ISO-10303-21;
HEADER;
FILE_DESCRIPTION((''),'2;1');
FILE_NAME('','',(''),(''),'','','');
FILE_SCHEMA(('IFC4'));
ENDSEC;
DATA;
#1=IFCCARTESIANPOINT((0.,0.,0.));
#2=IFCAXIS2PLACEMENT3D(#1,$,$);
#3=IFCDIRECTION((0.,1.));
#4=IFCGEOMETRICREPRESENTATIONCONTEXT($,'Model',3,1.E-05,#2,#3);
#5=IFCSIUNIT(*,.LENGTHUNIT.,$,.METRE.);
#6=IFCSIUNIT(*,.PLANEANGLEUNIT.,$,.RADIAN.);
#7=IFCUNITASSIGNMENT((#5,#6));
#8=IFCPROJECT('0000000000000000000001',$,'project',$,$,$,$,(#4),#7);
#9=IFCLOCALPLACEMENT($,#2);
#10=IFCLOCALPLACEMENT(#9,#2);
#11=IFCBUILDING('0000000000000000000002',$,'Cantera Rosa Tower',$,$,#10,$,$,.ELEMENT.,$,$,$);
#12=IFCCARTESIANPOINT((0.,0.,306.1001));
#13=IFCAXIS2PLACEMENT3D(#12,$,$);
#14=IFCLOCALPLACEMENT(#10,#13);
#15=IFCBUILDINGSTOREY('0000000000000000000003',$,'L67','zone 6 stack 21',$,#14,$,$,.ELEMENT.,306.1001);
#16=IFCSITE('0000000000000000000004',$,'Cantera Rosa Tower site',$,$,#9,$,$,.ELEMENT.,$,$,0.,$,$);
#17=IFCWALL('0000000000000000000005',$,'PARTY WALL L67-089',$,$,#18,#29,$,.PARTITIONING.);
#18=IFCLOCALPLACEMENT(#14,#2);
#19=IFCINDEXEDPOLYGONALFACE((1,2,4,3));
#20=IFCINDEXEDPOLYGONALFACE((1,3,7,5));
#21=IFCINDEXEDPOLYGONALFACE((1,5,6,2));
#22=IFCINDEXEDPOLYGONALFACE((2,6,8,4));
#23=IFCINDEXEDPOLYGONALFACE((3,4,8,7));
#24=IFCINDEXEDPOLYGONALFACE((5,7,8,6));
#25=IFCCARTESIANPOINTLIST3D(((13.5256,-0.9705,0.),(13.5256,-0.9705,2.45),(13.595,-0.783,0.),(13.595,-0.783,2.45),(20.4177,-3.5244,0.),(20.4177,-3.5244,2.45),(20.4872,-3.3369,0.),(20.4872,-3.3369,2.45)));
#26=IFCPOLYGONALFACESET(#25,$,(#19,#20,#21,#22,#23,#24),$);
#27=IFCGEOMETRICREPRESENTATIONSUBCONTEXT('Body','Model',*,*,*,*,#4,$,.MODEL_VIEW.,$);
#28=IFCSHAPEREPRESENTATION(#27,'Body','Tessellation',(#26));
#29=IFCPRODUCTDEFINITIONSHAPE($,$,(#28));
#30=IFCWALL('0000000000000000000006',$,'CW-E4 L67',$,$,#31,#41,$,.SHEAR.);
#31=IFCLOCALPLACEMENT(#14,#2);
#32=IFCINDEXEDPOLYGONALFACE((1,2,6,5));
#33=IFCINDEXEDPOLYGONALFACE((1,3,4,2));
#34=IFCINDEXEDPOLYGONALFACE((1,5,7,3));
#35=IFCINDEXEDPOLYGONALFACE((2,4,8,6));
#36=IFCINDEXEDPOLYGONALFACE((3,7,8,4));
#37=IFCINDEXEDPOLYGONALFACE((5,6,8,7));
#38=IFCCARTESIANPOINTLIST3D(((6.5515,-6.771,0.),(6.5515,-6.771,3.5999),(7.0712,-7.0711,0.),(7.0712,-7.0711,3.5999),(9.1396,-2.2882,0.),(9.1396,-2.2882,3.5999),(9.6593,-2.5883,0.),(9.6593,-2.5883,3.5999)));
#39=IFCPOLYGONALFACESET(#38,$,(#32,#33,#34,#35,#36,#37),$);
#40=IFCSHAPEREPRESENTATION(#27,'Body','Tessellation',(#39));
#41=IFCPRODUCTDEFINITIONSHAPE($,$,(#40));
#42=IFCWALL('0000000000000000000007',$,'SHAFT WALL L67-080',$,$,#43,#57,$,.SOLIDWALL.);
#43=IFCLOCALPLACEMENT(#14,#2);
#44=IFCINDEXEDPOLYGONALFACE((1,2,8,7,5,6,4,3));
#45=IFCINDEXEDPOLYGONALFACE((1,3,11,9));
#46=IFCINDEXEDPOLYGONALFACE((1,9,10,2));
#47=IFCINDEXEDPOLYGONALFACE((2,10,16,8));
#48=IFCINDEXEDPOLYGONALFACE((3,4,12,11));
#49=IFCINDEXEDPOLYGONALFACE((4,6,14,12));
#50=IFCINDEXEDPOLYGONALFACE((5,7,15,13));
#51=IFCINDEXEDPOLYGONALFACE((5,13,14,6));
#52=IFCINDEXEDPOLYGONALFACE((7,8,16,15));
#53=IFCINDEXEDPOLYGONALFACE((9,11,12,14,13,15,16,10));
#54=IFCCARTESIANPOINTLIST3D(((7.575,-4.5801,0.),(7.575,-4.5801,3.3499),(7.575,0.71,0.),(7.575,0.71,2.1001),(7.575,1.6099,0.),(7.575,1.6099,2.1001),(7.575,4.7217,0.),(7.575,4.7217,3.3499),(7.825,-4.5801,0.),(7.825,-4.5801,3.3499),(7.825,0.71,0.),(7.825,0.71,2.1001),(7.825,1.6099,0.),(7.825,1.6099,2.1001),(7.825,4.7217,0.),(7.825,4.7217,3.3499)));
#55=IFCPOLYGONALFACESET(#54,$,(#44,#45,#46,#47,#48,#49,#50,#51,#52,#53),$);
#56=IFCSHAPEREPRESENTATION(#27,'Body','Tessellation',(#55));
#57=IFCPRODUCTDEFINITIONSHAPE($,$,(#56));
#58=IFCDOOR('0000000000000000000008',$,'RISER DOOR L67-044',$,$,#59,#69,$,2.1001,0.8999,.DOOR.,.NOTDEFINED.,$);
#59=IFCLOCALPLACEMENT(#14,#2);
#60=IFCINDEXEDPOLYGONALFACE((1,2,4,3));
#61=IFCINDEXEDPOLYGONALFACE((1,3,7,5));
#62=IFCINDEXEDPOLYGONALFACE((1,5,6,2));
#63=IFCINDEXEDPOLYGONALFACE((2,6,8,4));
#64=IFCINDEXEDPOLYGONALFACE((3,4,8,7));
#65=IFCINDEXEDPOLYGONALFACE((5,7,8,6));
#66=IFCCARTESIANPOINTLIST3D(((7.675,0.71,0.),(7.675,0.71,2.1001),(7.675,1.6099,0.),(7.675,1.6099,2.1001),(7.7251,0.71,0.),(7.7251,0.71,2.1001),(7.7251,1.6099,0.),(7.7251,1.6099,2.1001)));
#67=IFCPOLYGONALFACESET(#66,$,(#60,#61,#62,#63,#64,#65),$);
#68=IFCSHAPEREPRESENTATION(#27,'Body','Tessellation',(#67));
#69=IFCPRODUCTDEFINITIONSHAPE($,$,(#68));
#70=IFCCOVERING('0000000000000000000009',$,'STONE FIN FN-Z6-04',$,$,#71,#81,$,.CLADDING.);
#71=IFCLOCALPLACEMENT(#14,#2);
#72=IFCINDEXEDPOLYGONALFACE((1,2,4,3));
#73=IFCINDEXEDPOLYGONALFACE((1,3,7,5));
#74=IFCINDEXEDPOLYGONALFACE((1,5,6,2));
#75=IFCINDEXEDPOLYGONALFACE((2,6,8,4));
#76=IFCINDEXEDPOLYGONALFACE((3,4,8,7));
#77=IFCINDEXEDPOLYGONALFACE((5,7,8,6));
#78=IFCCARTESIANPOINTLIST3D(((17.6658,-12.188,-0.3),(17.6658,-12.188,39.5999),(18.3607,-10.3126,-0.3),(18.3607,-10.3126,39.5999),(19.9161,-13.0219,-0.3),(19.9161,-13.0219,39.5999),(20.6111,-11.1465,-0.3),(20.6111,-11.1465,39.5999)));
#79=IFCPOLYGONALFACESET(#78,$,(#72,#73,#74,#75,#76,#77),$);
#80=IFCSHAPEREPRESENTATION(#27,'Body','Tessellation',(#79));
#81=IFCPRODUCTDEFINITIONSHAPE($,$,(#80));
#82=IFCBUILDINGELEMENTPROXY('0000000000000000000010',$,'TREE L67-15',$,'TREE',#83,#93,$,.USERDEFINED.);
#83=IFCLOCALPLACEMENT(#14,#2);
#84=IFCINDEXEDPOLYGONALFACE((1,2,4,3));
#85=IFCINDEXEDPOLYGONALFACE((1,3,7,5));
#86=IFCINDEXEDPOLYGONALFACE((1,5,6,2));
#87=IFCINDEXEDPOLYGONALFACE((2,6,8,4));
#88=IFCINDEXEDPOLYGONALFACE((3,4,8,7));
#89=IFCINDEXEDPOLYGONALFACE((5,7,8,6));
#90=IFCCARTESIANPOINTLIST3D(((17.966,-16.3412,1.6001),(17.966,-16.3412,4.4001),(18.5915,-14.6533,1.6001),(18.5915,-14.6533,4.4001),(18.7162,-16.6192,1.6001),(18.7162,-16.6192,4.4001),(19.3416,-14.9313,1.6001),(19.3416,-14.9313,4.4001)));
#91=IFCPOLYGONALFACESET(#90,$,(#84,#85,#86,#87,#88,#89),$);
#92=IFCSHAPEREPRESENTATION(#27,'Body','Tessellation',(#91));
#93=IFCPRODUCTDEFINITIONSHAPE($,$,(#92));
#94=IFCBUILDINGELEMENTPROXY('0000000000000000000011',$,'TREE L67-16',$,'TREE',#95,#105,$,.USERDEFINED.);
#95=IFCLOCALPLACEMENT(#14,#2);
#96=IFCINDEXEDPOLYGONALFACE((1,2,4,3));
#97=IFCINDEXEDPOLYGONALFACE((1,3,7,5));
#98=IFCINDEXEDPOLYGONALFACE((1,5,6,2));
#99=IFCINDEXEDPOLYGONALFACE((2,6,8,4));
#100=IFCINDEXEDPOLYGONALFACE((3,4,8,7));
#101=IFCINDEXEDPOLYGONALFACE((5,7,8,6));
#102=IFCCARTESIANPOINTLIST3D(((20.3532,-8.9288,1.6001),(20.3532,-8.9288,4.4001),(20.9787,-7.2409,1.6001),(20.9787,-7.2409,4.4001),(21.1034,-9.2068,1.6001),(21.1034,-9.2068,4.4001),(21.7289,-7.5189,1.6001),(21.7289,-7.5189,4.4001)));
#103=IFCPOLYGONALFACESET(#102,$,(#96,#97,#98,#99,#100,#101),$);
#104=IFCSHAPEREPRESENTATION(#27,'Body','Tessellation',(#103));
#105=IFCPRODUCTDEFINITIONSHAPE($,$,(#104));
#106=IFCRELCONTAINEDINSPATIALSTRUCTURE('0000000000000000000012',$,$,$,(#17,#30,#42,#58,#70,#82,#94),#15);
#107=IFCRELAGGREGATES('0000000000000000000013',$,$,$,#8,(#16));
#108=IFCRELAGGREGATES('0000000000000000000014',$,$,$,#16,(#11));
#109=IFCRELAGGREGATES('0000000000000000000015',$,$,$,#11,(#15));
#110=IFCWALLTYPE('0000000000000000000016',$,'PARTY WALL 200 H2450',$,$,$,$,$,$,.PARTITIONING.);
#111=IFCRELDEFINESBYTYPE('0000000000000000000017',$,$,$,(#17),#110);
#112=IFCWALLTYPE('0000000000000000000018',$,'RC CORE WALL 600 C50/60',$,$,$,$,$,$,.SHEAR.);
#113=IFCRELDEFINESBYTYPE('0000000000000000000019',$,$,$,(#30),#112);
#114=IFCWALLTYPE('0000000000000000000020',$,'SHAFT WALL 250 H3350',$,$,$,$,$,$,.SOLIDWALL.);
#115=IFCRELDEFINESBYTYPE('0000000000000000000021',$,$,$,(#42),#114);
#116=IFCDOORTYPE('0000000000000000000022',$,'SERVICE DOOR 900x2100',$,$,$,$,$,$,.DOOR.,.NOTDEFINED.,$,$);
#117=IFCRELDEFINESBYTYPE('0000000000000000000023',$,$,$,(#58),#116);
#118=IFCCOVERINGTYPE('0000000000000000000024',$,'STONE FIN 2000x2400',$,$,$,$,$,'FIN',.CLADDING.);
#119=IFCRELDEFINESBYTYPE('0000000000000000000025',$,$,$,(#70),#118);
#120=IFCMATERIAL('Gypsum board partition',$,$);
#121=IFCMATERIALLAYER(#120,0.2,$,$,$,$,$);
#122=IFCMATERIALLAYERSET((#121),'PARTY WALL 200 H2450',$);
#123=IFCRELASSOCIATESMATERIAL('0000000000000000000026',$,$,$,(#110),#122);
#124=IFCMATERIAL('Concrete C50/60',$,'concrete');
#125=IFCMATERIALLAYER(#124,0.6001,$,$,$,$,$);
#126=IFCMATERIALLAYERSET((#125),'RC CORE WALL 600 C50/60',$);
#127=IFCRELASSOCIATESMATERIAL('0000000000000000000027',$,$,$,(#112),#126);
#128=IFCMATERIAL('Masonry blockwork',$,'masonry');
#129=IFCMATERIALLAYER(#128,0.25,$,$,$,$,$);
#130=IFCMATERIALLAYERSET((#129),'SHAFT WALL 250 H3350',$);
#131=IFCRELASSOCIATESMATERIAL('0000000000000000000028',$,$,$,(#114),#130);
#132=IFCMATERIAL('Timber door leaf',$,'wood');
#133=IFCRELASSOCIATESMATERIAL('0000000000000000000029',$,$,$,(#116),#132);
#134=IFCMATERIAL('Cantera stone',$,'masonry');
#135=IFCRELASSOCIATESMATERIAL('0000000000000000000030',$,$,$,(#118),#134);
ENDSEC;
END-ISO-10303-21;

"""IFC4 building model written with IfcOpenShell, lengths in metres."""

from ifc_helpers import new_model, si_unit, direction, frame, frame_2d, origin, origin_2d, place, context, subcontext, project, spatial, rectangle, extrude, material, layer, layer_set, type_object, element, fill, save


model = new_model("IFC4")

# Units and contexts
model_context = context("Model", 3, precision=1e-05, world=origin(), true_north=direction((0.0, 1.0)))
body_context = subcontext(model_context, "Body", "Model", "MODEL_VIEW")
ifc_project = project(units=[si_unit("LENGTHUNIT", "METRE"), si_unit("PLANEANGLEUNIT", "RADIAN")], contexts=[model_context])

# Site, building, storey
site_placement = place(None, origin())
site = spatial("IfcSite", under=ifc_project, at=site_placement, Name="Cantera Rosa Tower site", CompositionType="ELEMENT", RefElevation=0.0)
building_placement = place(site_placement, origin())
building = spatial("IfcBuilding", under=site, at=building_placement, Name="Cantera Rosa Tower", CompositionType="ELEMENT")
storey_placement = place(building_placement, frame((0.0, 0.0, 306.1001)))
storey = spatial("IfcBuildingStorey", under=building, at=storey_placement, Name="L67", Description="zone 6 stack 21", CompositionType="ELEMENT", Elevation=306.1001)

# Walls
ifc_material_1 = material(Name="Gypsum board partition")
ifc_layer_1 = layer(ifc_material_1, 0.2)
ifc_layer_set_1 = layer_set([ifc_layer_1], Name="PARTY WALL 200 H2450")
wall_type_1 = type_object("IfcWallType", Name="PARTY WALL 200 H2450", PredefinedType="PARTITIONING", material=ifc_layer_set_1)
wall_1_placement = place(storey_placement, frame((13.5603, -0.8767, 0.0), z_axis=(0.0, 0.0, 1.0), x_axis=(0.93769, -0.347473, 0.0)))
element("IfcWall", 1, at=wall_1_placement, inside=storey, type_object=wall_type_1, Name="PARTY WALL L67-089", PredefinedType="PARTITIONING", context=body_context, shape_type="SweptSolid", body=[
    extrude(rectangle(XDim=7.3501, YDim=0.2, at=frame_2d((3.675, 0.0))), origin(), (0.0, 0.0, 1.0), 2.45),
])
ifc_material_2 = material(Name="Concrete C50/60", Category="concrete")
ifc_layer_2 = layer(ifc_material_2, 0.6001)
ifc_layer_set_2 = layer_set([ifc_layer_2], Name="RC CORE WALL 600 C50/60")
wall_type_2 = type_object("IfcWallType", Name="RC CORE WALL 600 C50/60", PredefinedType="SHEAR", material=ifc_layer_set_2)
wall_2_placement = place(storey_placement, frame((9.3994, -2.4382, 0.0), z_axis=(0.0, 0.0, 1.0), x_axis=(-0.499989, -0.866032, 0.0)))
element("IfcWall", 2, at=wall_2_placement, inside=storey, type_object=wall_type_2, Name="CW-E4 L67", PredefinedType="SHEAR", context=body_context, shape_type="SweptSolid", body=[
    extrude(rectangle(XDim=5.1763, YDim=0.6001, at=frame_2d((2.5881, 0.0))), origin(), (0.0, 0.0, 1.0), 3.5999),
])

# Wall, opening, door
ifc_material_3 = material(Name="Masonry blockwork", Category="masonry")
ifc_layer_3 = layer(ifc_material_3, 0.25)
ifc_layer_set_3 = layer_set([ifc_layer_3], Name="SHAFT WALL 250 H3350")
wall_type_3 = type_object("IfcWallType", Name="SHAFT WALL 250 H3350", PredefinedType="SOLIDWALL", material=ifc_layer_set_3)
wall_3_placement = place(storey_placement, frame((7.7, -4.5801, 0.0), z_axis=(0.0, 0.0, 1.0), x_axis=(0.0, 1.0, 0.0)))
wall_3 = element("IfcWall", 3, at=wall_3_placement, inside=storey, type_object=wall_type_3, Name="SHAFT WALL L67-080", PredefinedType="SOLIDWALL", context=body_context, shape_type="SweptSolid", body=[
    extrude(rectangle(XDim=9.3018, YDim=0.25, at=frame_2d((4.6509, 0.0))), origin(), (0.0, 0.0, 1.0), 3.3499),
])
opening_1_placement = place(wall_3_placement, frame((5.29, 0.0, 0.0)))
opening_1 = element("IfcOpeningElement", 4, at=opening_1_placement, cuts=wall_3, PredefinedType="OPENING", context=body_context, shape_type="SweptSolid", body=[
    extrude(rectangle(XDim=0.8999, YDim=2.1001, at=frame_2d((0.45, 1.05))), frame((0.0, 0.135, 0.0), z_axis=(0.0, -1.0, 0.0), x_axis=(1.0, 0.0, 0.0)), (0.0, 0.0, 1.0), 0.27),
])
ifc_material_4 = material(Name="Timber door leaf", Category="wood")
door_type_1 = type_object("IfcDoorType", Name="SERVICE DOOR 900x2100", OperationType="NOTDEFINED", PredefinedType="DOOR", material=ifc_material_4)
door_1_placement = place(opening_1_placement, origin())
door_1 = element("IfcDoor", 5, at=door_1_placement, inside=storey, type_object=door_type_1, Name="RISER DOOR L67-044", OperationType="NOTDEFINED", OverallHeight=2.1001, OverallWidth=0.8999, PredefinedType="DOOR", context=body_context, shape_type="SweptSolid", body=[
    extrude(rectangle(XDim=0.8999, YDim=2.1001, at=frame_2d((0.45, 1.05))), frame((0.0, 0.0249, 0.0), z_axis=(0.0, -1.0, 0.0), x_axis=(1.0, 0.0, 0.0)), (0.0, 0.0, 1.0), 0.05),
])
fill(opening_1, door_1)

# Covering
ifc_material_5 = material(Name="Cantera stone", Category="masonry")
covering_type = type_object("IfcCoveringType", Name="STONE FIN 2000x2400", ElementType="FIN", PredefinedType="CLADDING", material=ifc_material_5)
covering_placement = place(storey_placement, frame((19.1384, -11.6672, -0.3), z_axis=(0.0, 0.0, 1.0), x_axis=(0.347481, 0.937687, 0.0)))
element("IfcCovering", 6, at=covering_placement, inside=storey, type_object=covering_type, Name="STONE FIN FN-Z6-04", PredefinedType="CLADDING", context=body_context, shape_type="SweptSolid", body=[
    extrude(rectangle(XDim=2.0, YDim=2.3999, at=origin_2d()), origin(), (0.0, 0.0, 1.0), 39.8999),
])

# Building element proxies
for number, where, z_axis, x_axis, name in (
    (7, (18.6538, -15.6362, 1.6001), (0.0, 0.0, 1.0), (0.347481, 0.937687, 0.0), "TREE L67-15"),
    (8, (21.041, -8.2239, 1.6001), (0.0, 0.0, 1.0), (0.347481, 0.937687, 0.0), "TREE L67-16"),
):
    element("IfcBuildingElementProxy", number, at=place(storey_placement, frame(where, z_axis=z_axis, x_axis=x_axis)), inside=storey, Name=name, ObjectType="TREE", PredefinedType="USERDEFINED", context=body_context, shape_type="SweptSolid", body=[
        extrude(rectangle(XDim=1.8, YDim=0.8, at=origin_2d()), origin(), (0.0, 0.0, 1.0), 2.8),
    ])

save(model, "model.ifc")
